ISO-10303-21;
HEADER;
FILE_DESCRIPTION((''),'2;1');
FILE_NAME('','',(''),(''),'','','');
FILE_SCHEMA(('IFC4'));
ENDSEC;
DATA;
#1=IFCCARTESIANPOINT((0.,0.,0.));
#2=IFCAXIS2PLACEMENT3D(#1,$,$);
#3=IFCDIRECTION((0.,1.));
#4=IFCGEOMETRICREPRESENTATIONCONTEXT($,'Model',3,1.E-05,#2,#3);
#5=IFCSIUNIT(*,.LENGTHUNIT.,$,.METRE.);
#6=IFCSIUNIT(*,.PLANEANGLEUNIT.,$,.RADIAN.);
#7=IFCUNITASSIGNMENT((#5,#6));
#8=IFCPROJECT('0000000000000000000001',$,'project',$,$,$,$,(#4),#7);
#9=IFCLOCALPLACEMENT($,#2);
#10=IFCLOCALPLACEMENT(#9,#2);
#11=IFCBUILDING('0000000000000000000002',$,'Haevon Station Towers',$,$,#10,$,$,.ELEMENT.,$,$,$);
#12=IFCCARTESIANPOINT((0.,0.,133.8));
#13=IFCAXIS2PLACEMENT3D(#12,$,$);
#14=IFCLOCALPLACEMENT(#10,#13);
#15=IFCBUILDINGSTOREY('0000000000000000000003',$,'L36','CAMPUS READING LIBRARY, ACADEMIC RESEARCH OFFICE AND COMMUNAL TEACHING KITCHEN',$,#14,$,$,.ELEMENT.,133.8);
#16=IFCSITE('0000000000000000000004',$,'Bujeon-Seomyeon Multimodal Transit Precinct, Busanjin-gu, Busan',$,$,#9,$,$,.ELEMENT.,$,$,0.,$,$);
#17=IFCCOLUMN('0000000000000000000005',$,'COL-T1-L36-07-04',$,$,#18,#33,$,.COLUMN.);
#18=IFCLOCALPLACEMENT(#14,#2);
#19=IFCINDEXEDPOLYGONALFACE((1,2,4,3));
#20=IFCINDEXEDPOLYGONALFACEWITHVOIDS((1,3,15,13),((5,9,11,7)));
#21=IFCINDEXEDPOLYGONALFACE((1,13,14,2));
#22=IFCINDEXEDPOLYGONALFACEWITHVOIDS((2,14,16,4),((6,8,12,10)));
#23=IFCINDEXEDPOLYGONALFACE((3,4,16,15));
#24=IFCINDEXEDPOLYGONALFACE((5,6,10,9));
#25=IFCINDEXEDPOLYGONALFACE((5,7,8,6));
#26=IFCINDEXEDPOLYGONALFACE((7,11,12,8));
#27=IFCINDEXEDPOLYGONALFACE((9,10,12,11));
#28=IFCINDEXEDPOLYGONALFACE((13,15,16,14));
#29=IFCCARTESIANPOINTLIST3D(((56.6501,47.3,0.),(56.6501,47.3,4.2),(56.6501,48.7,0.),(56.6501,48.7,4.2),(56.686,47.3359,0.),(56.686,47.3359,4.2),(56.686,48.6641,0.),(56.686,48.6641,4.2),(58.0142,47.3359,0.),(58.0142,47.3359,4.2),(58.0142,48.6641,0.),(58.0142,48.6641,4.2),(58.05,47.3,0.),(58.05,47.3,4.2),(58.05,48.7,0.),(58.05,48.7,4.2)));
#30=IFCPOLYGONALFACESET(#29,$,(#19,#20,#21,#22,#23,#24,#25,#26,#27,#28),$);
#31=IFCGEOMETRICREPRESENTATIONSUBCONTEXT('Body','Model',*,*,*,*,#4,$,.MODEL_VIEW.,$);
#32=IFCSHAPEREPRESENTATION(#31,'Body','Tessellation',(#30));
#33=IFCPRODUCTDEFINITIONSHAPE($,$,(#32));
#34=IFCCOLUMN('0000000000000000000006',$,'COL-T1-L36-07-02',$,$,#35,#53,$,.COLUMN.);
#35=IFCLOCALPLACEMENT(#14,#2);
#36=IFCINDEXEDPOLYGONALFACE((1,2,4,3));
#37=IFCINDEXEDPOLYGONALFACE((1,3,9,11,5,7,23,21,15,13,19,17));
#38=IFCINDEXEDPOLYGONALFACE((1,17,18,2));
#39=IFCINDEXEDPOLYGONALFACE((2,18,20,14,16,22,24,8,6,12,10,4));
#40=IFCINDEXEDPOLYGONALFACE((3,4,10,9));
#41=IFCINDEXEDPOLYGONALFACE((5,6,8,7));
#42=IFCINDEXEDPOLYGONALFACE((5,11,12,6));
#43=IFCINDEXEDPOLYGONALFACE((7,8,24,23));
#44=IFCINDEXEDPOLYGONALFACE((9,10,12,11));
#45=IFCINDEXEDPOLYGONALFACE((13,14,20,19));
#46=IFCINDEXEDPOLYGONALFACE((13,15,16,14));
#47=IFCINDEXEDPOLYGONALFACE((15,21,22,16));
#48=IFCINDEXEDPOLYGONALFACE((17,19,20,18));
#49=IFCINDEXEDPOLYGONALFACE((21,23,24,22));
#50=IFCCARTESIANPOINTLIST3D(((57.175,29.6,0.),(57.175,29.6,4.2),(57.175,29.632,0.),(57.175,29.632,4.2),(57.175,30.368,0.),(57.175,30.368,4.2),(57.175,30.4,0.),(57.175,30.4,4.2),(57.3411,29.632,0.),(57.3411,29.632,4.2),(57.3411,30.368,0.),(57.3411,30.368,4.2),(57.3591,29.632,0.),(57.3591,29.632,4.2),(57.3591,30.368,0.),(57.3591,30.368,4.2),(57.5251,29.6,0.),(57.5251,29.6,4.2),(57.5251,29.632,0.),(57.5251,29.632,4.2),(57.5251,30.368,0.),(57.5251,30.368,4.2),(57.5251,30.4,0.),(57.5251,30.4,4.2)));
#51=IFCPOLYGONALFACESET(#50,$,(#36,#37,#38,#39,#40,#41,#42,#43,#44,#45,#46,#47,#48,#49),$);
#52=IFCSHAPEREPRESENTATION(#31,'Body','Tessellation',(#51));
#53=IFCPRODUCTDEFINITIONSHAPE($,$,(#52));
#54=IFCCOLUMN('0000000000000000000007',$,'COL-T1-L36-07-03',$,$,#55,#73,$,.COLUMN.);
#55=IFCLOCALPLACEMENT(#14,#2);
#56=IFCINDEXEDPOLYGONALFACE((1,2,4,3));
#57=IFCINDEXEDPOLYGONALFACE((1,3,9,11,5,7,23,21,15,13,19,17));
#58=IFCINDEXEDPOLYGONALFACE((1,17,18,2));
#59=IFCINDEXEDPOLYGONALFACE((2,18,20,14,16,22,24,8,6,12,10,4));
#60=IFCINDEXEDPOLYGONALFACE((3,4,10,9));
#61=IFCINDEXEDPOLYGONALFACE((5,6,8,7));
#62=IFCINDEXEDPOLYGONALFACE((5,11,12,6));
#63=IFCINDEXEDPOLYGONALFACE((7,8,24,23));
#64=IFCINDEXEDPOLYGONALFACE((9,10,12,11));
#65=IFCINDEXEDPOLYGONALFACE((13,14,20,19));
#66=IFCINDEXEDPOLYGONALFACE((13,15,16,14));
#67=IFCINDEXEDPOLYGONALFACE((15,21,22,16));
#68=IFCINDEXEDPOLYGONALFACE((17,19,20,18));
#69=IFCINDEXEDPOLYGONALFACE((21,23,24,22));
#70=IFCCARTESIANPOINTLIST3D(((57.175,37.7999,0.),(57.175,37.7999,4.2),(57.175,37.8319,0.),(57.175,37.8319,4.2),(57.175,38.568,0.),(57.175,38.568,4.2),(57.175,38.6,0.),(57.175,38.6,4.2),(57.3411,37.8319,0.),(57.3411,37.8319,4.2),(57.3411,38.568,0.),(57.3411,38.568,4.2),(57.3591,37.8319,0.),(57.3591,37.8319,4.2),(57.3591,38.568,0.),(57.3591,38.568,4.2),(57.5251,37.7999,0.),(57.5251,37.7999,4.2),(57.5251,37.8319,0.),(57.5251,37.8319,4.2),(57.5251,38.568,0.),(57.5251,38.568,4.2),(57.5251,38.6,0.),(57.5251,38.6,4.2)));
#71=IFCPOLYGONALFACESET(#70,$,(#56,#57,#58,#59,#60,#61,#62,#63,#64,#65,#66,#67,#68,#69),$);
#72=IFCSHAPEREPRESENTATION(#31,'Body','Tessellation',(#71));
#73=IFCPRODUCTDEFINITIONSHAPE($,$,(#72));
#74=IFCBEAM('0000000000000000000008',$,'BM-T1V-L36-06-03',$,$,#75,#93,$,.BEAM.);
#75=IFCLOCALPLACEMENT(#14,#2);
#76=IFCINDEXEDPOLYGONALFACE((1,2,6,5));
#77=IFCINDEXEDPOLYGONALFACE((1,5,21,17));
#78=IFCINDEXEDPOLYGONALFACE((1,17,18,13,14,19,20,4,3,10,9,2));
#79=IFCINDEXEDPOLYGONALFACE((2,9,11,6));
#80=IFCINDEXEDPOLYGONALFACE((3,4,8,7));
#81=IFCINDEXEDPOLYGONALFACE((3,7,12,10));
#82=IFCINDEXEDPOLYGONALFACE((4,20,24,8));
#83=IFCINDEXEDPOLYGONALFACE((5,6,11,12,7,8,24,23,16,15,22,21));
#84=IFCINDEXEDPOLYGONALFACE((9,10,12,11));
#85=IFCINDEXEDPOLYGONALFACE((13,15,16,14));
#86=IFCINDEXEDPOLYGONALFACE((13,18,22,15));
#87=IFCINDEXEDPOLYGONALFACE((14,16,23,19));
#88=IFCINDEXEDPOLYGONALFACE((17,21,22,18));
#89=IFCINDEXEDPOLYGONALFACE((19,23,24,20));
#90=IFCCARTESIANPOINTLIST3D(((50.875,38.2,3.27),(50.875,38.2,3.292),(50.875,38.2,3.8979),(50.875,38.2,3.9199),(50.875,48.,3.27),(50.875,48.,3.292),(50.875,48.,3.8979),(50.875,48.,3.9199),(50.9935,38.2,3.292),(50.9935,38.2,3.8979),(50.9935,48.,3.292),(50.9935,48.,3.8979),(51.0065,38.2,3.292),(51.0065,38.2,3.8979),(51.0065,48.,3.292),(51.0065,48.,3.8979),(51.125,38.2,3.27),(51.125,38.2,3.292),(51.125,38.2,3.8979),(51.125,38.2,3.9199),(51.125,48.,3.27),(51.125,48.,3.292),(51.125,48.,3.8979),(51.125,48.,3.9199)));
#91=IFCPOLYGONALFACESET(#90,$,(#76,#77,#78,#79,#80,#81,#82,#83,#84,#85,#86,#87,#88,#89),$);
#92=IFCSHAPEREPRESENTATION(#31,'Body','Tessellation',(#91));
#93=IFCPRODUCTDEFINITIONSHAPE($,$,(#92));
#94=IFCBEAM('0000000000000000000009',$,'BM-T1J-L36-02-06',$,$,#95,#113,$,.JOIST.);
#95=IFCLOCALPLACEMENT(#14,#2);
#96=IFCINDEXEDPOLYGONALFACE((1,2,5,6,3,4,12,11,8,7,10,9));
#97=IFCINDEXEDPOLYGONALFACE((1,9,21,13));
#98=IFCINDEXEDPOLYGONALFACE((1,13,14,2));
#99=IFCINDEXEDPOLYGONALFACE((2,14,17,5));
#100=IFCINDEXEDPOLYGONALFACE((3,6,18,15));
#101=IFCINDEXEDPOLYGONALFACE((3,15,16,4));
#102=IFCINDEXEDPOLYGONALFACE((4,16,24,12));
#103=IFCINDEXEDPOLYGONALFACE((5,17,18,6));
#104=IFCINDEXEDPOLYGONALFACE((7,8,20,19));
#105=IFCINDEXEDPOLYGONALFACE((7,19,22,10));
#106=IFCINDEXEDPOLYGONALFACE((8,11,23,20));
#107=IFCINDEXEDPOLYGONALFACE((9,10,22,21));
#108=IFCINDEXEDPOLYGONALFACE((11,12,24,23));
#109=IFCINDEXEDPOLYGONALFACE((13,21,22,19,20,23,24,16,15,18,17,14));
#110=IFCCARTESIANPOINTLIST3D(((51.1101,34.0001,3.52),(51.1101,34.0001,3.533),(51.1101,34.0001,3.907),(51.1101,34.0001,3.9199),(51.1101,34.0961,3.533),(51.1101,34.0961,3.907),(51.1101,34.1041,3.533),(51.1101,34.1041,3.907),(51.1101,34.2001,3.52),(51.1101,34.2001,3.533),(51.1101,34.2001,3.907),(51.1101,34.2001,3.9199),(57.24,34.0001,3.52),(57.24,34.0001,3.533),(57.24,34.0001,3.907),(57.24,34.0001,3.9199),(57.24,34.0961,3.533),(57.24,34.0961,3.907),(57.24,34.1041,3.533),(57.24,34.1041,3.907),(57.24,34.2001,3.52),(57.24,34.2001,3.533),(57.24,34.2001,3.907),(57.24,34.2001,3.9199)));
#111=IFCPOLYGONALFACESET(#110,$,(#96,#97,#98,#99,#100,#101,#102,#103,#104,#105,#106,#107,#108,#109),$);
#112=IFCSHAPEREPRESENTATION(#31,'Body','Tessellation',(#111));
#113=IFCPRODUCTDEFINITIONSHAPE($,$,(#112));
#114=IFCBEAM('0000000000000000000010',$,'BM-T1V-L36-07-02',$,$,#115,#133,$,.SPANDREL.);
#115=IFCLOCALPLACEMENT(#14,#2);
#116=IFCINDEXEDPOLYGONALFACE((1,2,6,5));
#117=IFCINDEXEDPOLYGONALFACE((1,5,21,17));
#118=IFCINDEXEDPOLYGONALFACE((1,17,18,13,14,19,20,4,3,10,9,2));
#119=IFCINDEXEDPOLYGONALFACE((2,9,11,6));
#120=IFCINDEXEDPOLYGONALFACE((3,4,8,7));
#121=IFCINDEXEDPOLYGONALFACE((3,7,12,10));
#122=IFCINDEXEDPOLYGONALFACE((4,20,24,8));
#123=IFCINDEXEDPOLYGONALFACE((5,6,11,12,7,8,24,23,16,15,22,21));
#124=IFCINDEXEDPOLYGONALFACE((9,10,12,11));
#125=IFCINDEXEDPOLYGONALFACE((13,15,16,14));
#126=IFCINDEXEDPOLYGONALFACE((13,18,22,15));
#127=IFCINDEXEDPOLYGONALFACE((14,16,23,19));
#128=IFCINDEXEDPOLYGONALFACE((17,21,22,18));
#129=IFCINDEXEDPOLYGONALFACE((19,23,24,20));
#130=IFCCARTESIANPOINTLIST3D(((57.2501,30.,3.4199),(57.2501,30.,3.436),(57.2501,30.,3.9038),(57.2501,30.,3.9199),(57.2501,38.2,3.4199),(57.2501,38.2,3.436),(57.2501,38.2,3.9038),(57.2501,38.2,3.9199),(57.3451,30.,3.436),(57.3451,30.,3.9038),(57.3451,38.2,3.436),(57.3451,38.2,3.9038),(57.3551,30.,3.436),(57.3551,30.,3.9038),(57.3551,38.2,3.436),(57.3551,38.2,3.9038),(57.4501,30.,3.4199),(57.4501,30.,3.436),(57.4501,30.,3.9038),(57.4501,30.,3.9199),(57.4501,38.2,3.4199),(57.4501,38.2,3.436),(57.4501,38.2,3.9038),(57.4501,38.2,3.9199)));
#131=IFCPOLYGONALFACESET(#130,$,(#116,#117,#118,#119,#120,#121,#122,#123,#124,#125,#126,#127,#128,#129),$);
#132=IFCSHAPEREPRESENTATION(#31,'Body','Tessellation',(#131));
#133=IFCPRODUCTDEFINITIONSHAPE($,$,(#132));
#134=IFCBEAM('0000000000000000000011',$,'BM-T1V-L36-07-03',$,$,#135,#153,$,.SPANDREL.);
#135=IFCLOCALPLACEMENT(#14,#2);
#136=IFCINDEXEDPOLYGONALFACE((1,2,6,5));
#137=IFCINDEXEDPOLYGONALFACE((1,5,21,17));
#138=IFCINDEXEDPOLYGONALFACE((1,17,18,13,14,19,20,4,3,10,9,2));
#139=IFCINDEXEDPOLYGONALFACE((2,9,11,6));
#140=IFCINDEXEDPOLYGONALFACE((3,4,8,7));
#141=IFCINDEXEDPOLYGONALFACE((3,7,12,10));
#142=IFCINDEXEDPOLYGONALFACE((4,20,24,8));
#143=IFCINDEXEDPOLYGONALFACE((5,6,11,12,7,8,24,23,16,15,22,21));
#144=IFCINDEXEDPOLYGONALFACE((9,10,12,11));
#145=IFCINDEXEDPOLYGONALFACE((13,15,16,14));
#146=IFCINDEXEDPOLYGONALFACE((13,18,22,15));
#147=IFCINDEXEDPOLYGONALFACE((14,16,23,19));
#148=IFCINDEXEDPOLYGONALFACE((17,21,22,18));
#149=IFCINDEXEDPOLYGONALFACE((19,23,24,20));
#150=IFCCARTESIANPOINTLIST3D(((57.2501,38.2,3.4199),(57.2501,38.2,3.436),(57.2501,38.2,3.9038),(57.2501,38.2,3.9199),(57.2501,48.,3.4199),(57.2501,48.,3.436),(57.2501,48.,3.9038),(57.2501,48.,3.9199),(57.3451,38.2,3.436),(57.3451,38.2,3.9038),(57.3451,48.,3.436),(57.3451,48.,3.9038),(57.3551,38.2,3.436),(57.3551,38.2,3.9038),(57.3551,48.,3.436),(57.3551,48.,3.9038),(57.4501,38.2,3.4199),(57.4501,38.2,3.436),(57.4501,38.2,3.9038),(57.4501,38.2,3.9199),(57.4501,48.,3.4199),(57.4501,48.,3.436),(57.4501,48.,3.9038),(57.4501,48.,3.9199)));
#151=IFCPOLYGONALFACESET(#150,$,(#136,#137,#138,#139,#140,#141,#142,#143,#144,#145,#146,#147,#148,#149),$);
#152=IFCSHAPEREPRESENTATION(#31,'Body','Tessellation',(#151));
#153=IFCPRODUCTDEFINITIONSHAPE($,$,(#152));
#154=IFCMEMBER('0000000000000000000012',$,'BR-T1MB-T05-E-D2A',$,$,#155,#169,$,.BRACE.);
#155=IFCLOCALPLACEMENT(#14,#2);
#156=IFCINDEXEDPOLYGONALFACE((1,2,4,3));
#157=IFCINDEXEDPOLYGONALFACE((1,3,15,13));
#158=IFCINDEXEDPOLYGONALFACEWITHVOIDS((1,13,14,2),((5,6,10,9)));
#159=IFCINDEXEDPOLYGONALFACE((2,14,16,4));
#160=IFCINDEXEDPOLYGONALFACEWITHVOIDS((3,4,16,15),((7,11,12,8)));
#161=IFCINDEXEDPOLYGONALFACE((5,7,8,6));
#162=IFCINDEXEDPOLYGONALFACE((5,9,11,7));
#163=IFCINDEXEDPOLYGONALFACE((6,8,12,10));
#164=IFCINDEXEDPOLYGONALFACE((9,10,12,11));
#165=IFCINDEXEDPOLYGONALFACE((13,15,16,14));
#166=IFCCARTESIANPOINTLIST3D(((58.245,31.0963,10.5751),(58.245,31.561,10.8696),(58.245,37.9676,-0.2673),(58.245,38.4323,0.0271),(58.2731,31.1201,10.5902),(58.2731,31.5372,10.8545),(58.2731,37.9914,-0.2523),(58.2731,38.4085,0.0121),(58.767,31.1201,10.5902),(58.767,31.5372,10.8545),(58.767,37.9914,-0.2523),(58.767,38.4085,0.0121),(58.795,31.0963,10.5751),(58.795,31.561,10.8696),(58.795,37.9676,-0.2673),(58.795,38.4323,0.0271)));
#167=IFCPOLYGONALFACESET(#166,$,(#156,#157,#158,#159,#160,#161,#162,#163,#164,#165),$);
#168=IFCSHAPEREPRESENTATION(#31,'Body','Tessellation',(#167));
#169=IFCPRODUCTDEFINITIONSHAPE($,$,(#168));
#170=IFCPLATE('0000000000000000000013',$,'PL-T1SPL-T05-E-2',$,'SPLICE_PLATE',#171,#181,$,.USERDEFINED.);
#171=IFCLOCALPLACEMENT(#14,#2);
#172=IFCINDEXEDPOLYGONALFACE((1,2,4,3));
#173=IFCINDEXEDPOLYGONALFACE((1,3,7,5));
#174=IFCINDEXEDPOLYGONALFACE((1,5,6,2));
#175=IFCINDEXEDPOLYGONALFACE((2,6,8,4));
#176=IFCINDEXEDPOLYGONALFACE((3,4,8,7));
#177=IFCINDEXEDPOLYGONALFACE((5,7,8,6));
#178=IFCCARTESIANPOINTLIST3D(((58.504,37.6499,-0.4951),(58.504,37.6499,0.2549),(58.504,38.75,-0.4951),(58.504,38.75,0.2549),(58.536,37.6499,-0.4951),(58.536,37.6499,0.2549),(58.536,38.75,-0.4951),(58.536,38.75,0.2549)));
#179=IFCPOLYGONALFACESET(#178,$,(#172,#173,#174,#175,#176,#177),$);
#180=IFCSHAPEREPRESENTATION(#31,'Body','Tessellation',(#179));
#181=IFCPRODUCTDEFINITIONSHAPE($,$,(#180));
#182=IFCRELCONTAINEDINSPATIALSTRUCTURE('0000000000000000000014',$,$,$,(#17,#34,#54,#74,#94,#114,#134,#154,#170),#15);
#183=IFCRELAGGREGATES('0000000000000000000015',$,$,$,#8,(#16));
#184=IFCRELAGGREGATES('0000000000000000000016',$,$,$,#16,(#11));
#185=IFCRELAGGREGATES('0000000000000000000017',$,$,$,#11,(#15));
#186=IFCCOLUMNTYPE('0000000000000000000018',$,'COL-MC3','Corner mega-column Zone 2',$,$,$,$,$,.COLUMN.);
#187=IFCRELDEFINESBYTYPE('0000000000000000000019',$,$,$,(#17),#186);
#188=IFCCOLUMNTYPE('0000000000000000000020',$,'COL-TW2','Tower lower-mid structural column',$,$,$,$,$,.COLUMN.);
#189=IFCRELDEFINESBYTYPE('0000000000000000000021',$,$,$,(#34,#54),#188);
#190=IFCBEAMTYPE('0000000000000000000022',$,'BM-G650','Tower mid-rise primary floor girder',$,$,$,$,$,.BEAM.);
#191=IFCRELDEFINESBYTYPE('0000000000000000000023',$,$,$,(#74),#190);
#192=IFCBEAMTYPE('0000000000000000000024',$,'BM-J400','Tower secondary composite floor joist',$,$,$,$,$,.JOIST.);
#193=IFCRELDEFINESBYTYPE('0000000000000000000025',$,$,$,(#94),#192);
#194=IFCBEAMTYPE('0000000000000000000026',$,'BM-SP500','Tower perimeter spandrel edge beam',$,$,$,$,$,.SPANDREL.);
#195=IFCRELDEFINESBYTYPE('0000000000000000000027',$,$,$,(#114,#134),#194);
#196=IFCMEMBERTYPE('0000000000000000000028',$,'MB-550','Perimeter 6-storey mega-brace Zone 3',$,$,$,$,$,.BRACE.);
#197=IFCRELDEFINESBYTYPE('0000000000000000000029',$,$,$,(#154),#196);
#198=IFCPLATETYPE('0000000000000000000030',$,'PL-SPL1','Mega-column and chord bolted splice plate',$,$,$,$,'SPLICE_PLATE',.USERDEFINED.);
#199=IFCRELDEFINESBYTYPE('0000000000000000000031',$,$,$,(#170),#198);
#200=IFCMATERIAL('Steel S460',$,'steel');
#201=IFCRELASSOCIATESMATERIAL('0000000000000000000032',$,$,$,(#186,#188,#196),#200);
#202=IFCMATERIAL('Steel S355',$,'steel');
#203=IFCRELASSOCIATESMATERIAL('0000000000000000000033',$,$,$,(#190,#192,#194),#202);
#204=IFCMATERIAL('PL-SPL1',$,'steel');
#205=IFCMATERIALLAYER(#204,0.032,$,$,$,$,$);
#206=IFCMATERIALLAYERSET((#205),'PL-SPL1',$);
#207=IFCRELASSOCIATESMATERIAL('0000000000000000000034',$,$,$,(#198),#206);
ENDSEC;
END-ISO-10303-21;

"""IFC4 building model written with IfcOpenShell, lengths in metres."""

from ifc_helpers import new_model, si_unit, direction, frame, origin, origin_2d, place, context, subcontext, project, spatial, rectangle, hollow_rectangle, i_section, extrude, material, layer, layer_set, material_profile, profile_set, type_object, element, save


model = new_model("IFC4")

# Units and contexts
model_context = context("Model", 3, precision=1e-05, world=origin(), true_north=direction((0.0, 1.0)))
body_context = subcontext(model_context, "Body", "Model", "MODEL_VIEW")
ifc_project = project(units=[si_unit("LENGTHUNIT", "METRE"), si_unit("PLANEANGLEUNIT", "RADIAN")], contexts=[model_context])

# Site, building, storey
site_placement = place(None, origin())
site = spatial("IfcSite", under=ifc_project, at=site_placement, Name="Bujeon-Seomyeon Multimodal Transit Precinct, Busanjin-gu, Busan", CompositionType="ELEMENT", RefElevation=0.0)
building_placement = place(site_placement, origin())
building = spatial("IfcBuilding", under=site, at=building_placement, Name="Haevon Station Towers", CompositionType="ELEMENT")
storey_placement = place(building_placement, frame((0.0, 0.0, 133.8)))
storey = spatial("IfcBuildingStorey", under=building, at=storey_placement, Name="L36", Description="CAMPUS READING LIBRARY, ACADEMIC RESEARCH OFFICE AND COMMUNAL TEACHING KITCHEN", CompositionType="ELEMENT", Elevation=133.8)

# Columns
ifc_material_1 = material(Name="Steel S460", Category="steel")
ifc_material_profile_1 = material_profile(ifc_material_1, hollow_rectangle(XDim=1.3999, YDim=1.3999, WallThickness=0.0359, at=origin_2d()), Name="BOX-1400x1400x36")
ifc_profile_set_1 = profile_set([ifc_material_profile_1], Name="Steel S460")
column_type_1 = type_object("IfcColumnType", Name="COL-MC3", Description="Corner mega-column Zone 2", PredefinedType="COLUMN", material=ifc_profile_set_1)
column_placement = place(storey_placement, frame((57.3501, 48.0, 0.0), z_axis=(0.0, 0.0, 1.0), x_axis=(1.0, 0.0, 0.0)))
element("IfcColumn", 1, at=column_placement, inside=storey, type_object=column_type_1, Name="COL-T1-L36-07-04", PredefinedType="COLUMN", context=body_context, shape_type="SweptSolid", body=[
    extrude(hollow_rectangle(XDim=1.3999, YDim=1.3999, WallThickness=0.0359, at=origin_2d()), origin(), (0.0, 0.0, 1.0), 4.2),
])
ifc_material_profile_2 = material_profile(ifc_material_1, i_section(OverallWidth=0.3501, OverallDepth=0.8, WebThickness=0.0181, FlangeThickness=0.032, at=origin_2d()), Name="H-800x350x18x32")
ifc_profile_set_2 = profile_set([ifc_material_profile_2], Name="Steel S460")
column_type_2 = type_object("IfcColumnType", Name="COL-TW2", Description="Tower lower-mid structural column", PredefinedType="COLUMN", material=ifc_profile_set_2)
for number, where, z_axis, x_axis, name in (
    (2, (57.3501, 30.0, 0.0), (0.0, 0.0, 1.0), (1.0, 0.0, 0.0), "COL-T1-L36-07-02"),
    (3, (57.3501, 38.2, 0.0), (0.0, 0.0, 1.0), (1.0, 0.0, 0.0), "COL-T1-L36-07-03"),
):
    element("IfcColumn", number, at=place(storey_placement, frame(where, z_axis=z_axis, x_axis=x_axis)), inside=storey, type_object=column_type_2, Name=name, PredefinedType="COLUMN", context=body_context, shape_type="SweptSolid", body=[
        extrude(i_section(OverallWidth=0.3501, OverallDepth=0.8, WebThickness=0.0181, FlangeThickness=0.032, at=origin_2d()), origin(), (0.0, 0.0, 1.0), 4.2),
    ])

# Beams
ifc_material_2 = material(Name="Steel S355", Category="steel")
ifc_material_profile_3 = material_profile(ifc_material_2, i_section(OverallWidth=0.25, OverallDepth=0.6499, WebThickness=0.0129, FlangeThickness=0.022, at=origin_2d()), Name="H-650x250x13x22")
ifc_profile_set_3 = profile_set([ifc_material_profile_3], Name="Steel S355")
beam_type_1 = type_object("IfcBeamType", Name="BM-G650", Description="Tower mid-rise primary floor girder", PredefinedType="BEAM", material=ifc_profile_set_3)
beam_1_placement = place(storey_placement, frame((51.0, 38.2, 3.595), z_axis=(0.0, 1.0, 0.0), x_axis=(-1.0, 0.0, 0.0)))
element("IfcBeam", 4, at=beam_1_placement, inside=storey, type_object=beam_type_1, Name="BM-T1V-L36-06-03", PredefinedType="BEAM", context=body_context, shape_type="SweptSolid", body=[
    extrude(i_section(OverallWidth=0.25, OverallDepth=0.6499, WebThickness=0.0129, FlangeThickness=0.022, at=origin_2d()), origin(), (0.0, 0.0, 1.0), 9.8),
])
ifc_material_profile_4 = material_profile(ifc_material_2, i_section(OverallWidth=0.2, OverallDepth=0.3999, WebThickness=0.0081, FlangeThickness=0.0129, at=origin_2d()), Name="H-400x200x8x13")
ifc_profile_set_4 = profile_set([ifc_material_profile_4], Name="Steel S355")
beam_type_2 = type_object("IfcBeamType", Name="BM-J400", Description="Tower secondary composite floor joist", PredefinedType="JOIST", material=ifc_profile_set_4)
beam_2_placement = place(storey_placement, frame((51.1101, 34.1001, 3.72), z_axis=(1.0, 0.0, 0.0), x_axis=(0.0, 1.0, 0.0)))
element("IfcBeam", 5, at=beam_2_placement, inside=storey, type_object=beam_type_2, Name="BM-T1J-L36-02-06", PredefinedType="JOIST", context=body_context, shape_type="SweptSolid", body=[
    extrude(i_section(OverallWidth=0.2, OverallDepth=0.3999, WebThickness=0.0081, FlangeThickness=0.0129, at=origin_2d()), origin(), (0.0, 0.0, 1.0), 6.1299),
])
ifc_material_profile_5 = material_profile(ifc_material_2, i_section(OverallWidth=0.2, OverallDepth=0.5, WebThickness=0.01, FlangeThickness=0.0161, at=origin_2d()), Name="H-500x200x10x16")
ifc_profile_set_5 = profile_set([ifc_material_profile_5], Name="Steel S355")
beam_type_3 = type_object("IfcBeamType", Name="BM-SP500", Description="Tower perimeter spandrel edge beam", PredefinedType="SPANDREL", material=ifc_profile_set_5)
beam_3_placement = place(storey_placement, frame((57.3501, 30.0, 3.6699), z_axis=(0.0, 1.0, 0.0), x_axis=(-1.0, 0.0, 0.0)))
element("IfcBeam", 6, at=beam_3_placement, inside=storey, type_object=beam_type_3, Name="BM-T1V-L36-07-02", PredefinedType="SPANDREL", context=body_context, shape_type="SweptSolid", body=[
    extrude(i_section(OverallWidth=0.2, OverallDepth=0.5, WebThickness=0.01, FlangeThickness=0.0161, at=origin_2d()), origin(), (0.0, 0.0, 1.0), 8.2),
])
beam_4_placement = place(storey_placement, frame((57.3501, 38.2, 3.6699), z_axis=(0.0, 1.0, 0.0), x_axis=(-1.0, 0.0, 0.0)))
element("IfcBeam", 7, at=beam_4_placement, inside=storey, type_object=beam_type_3, Name="BM-T1V-L36-07-03", PredefinedType="SPANDREL", context=body_context, shape_type="SweptSolid", body=[
    extrude(i_section(OverallWidth=0.2, OverallDepth=0.5, WebThickness=0.01, FlangeThickness=0.0161, at=origin_2d()), origin(), (0.0, 0.0, 1.0), 9.8),
])

# Member
ifc_material_profile_6 = material_profile(ifc_material_1, hollow_rectangle(XDim=0.55, YDim=0.55, WallThickness=0.0281, at=origin_2d()), Name="RHS-550x550x28")
ifc_profile_set_6 = profile_set([ifc_material_profile_6], Name="Steel S460")
member_type = type_object("IfcMemberType", Name="MB-550", Description="Perimeter 6-storey mega-brace Zone 3", PredefinedType="BRACE", material=ifc_profile_set_6)
member_placement = place(storey_placement, frame((58.52, 38.2, -0.1201), z_axis=(0.0, -0.535297, 0.844664), x_axis=(1.0, 0.0, 0.0)))
element("IfcMember", 8, at=member_placement, inside=storey, type_object=member_type, Name="BR-T1MB-T05-E-D2A", PredefinedType="BRACE", context=body_context, shape_type="SweptSolid", body=[
    extrude(hollow_rectangle(XDim=0.55, YDim=0.55, WallThickness=0.0281, at=origin_2d()), origin(), (0.0, 0.0, 1.0), 12.8364),
])

# Plate
ifc_material_3 = material(Name="PL-SPL1", Category="steel")
ifc_layer_1 = layer(ifc_material_3, 0.032)
ifc_layer_set_1 = layer_set([ifc_layer_1], Name="PL-SPL1")
plate_type = type_object("IfcPlateType", Name="PL-SPL1", Description="Mega-column and chord bolted splice plate", ElementType="SPLICE_PLATE", PredefinedType="USERDEFINED", material=ifc_layer_set_1)
plate_placement = place(storey_placement, frame((58.52, 38.2, -0.4951), z_axis=(0.0, 0.0, 1.0), x_axis=(0.0, 1.0, 0.0)))
element("IfcPlate", 9, at=plate_placement, inside=storey, type_object=plate_type, Name="PL-T1SPL-T05-E-2", ObjectType="SPLICE_PLATE", PredefinedType="USERDEFINED", context=body_context, shape_type="SweptSolid", body=[
    extrude(rectangle(XDim=1.1001, YDim=0.032, at=origin_2d()), origin(), (0.0, 0.0, 1.0), 0.75),
])

save(model, "model.ifc")
